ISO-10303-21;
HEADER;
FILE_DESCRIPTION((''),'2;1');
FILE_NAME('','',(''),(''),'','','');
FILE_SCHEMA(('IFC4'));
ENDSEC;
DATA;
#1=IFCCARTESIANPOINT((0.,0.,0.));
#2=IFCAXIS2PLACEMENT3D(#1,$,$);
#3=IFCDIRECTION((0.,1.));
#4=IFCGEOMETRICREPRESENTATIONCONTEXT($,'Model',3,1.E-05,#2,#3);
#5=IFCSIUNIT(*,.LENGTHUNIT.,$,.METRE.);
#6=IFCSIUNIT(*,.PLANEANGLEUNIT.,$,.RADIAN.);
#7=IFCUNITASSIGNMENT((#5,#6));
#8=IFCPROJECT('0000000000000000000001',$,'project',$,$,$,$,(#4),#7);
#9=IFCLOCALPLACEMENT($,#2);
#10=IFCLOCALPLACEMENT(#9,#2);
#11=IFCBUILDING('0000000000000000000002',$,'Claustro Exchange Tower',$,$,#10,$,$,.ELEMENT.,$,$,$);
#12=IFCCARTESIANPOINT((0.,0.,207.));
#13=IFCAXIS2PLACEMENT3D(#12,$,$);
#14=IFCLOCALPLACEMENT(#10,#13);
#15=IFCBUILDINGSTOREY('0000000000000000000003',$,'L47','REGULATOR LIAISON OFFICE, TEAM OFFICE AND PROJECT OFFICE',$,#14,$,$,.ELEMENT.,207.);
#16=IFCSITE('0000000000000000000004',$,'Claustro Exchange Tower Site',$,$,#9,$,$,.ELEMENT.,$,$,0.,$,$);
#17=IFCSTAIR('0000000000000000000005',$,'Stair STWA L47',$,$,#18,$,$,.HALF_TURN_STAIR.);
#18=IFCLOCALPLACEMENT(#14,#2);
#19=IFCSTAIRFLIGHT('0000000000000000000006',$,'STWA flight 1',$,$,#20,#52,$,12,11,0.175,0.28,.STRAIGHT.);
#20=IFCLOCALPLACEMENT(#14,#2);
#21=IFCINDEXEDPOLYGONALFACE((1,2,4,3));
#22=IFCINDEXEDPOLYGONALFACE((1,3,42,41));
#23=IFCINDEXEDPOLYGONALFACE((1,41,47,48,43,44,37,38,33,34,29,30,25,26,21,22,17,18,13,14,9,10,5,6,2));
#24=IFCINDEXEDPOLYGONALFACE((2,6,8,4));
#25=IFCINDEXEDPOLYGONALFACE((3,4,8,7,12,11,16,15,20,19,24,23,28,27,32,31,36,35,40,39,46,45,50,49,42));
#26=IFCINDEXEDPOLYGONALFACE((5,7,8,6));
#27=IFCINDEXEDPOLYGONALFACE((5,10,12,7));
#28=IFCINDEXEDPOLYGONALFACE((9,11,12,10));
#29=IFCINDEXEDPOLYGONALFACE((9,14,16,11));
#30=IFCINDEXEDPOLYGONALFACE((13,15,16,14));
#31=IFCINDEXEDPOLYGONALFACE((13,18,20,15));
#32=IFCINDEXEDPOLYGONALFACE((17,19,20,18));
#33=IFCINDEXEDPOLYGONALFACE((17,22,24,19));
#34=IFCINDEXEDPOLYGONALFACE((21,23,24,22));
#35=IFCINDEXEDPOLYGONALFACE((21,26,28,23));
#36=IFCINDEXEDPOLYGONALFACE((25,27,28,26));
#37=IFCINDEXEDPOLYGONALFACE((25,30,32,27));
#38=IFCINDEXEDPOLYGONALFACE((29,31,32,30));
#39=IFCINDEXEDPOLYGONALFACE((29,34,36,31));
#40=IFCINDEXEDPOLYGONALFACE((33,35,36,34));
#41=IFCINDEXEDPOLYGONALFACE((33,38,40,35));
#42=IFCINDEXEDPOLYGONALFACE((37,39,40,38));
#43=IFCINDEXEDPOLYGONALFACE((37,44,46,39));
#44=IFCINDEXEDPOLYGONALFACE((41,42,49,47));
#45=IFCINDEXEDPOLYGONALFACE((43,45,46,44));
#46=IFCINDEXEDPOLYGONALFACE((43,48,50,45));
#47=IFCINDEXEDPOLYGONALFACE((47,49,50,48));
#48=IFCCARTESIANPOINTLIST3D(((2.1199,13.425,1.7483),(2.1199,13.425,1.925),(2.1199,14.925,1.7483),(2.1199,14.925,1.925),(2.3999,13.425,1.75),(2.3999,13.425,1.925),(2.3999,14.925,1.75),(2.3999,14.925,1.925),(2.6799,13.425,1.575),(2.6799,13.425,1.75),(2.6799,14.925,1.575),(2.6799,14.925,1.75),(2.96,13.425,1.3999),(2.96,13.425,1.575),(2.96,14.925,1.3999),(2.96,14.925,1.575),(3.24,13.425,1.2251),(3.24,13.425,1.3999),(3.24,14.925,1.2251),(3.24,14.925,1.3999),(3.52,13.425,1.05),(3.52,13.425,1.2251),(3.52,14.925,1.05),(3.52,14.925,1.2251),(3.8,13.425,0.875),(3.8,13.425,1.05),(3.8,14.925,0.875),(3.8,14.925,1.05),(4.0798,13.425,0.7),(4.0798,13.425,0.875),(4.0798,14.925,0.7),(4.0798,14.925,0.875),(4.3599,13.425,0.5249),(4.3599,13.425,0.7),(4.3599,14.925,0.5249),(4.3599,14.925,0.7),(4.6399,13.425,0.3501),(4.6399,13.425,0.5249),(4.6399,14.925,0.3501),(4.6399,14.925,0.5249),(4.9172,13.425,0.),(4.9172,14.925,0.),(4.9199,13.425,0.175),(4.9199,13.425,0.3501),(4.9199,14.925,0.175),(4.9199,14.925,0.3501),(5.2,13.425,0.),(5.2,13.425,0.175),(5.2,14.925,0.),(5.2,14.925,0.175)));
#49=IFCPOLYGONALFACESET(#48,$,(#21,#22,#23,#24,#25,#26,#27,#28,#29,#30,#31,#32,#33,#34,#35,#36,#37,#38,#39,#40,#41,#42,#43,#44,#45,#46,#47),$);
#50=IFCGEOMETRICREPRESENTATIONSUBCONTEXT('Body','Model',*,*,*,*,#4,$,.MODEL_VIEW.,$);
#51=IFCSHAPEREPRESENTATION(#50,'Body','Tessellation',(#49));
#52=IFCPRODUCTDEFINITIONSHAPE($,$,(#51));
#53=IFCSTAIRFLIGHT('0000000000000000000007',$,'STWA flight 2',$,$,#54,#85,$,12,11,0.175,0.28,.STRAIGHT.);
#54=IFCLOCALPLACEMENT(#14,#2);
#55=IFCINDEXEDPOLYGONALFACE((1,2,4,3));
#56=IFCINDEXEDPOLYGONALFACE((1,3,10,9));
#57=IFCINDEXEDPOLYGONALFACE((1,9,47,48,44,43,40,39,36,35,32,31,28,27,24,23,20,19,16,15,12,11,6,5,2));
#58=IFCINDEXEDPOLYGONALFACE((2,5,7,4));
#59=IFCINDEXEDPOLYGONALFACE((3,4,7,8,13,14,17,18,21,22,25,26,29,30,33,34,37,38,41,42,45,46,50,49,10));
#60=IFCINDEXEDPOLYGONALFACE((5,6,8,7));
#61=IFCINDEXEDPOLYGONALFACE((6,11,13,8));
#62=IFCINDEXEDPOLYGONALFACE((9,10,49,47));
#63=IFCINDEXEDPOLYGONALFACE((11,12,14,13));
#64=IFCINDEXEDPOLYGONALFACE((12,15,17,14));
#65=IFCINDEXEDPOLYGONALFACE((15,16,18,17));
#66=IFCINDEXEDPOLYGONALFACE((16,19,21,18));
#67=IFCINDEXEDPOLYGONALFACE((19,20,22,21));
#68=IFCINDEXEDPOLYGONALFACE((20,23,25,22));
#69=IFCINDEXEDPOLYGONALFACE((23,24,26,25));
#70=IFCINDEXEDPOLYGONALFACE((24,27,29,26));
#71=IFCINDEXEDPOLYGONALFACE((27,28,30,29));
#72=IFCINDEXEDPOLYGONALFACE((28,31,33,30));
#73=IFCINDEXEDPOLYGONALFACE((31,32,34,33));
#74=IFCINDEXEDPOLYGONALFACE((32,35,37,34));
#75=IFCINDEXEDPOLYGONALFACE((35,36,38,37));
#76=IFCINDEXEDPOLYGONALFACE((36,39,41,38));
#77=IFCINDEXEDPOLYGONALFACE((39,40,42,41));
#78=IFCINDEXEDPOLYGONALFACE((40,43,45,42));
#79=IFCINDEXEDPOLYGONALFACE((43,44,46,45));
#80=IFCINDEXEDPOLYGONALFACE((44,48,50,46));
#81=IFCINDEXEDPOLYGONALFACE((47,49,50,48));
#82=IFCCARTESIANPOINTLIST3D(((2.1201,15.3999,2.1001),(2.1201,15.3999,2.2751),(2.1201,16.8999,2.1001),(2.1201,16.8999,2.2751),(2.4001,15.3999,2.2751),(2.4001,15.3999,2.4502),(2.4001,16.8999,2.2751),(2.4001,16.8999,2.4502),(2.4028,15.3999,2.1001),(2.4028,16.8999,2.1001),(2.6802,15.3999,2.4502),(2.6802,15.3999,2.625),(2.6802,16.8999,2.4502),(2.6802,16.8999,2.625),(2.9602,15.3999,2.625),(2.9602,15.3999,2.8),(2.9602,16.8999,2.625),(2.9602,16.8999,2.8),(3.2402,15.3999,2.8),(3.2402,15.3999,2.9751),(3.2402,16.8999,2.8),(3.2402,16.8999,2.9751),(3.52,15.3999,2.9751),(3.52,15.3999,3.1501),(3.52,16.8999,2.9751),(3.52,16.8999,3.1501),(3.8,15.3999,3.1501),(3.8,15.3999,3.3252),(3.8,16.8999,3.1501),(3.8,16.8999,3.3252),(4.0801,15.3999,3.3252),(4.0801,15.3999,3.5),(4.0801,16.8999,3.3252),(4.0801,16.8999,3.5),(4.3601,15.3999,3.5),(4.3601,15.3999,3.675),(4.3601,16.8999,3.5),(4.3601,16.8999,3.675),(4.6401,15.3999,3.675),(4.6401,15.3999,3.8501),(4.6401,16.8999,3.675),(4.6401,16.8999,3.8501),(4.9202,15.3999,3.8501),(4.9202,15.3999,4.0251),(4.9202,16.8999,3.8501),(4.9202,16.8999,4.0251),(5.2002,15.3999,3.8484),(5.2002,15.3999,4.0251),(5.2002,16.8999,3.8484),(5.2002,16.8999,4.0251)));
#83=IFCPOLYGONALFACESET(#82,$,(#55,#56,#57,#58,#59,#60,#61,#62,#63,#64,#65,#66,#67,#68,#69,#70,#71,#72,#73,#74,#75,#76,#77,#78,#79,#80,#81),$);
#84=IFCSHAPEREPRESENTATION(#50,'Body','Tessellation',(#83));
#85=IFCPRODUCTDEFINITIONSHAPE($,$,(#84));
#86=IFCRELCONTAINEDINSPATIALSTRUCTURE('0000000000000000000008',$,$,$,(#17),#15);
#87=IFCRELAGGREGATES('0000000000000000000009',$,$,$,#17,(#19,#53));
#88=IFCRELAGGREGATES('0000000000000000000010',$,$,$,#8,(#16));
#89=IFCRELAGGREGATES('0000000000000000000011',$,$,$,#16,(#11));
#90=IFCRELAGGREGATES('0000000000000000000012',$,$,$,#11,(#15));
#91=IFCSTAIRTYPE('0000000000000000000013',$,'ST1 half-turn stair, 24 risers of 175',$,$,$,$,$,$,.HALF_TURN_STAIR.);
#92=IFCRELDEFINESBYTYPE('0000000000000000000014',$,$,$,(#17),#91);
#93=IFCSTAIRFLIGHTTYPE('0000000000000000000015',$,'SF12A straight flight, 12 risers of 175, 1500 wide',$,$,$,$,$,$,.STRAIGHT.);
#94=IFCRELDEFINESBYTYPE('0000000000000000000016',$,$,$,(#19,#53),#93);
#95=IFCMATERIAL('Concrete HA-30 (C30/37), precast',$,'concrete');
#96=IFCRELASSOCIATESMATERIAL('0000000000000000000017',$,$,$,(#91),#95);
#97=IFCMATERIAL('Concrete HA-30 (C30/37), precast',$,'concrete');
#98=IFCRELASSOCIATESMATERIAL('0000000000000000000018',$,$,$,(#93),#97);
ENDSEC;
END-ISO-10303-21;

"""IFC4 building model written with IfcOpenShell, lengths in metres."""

from ifc_helpers import new_model, si_unit, direction, frame, origin, place, context, subcontext, project, spatial, polyline, outline, extrude, material, type_object, element, aggregate, save


model = new_model("IFC4")

# Units and contexts
model_context = context("Model", 3, precision=1e-05, world=origin(), true_north=direction((0.0, 1.0)))
body_context = subcontext(model_context, "Body", "Model", "MODEL_VIEW")
ifc_project = project(units=[si_unit("LENGTHUNIT", "METRE"), si_unit("PLANEANGLEUNIT", "RADIAN")], contexts=[model_context])

# Site, building, storey
site_placement = place(None, origin())
site = spatial("IfcSite", under=ifc_project, at=site_placement, Name="Claustro Exchange Tower Site", CompositionType="ELEMENT", RefElevation=0.0)
building_placement = place(site_placement, origin())
building = spatial("IfcBuilding", under=site, at=building_placement, Name="Claustro Exchange Tower", CompositionType="ELEMENT")
storey_placement = place(building_placement, frame((0.0, 0.0, 207.0)))
storey = spatial("IfcBuildingStorey", under=building, at=storey_placement, Name="L47", Description="REGULATOR LIAISON OFFICE, TEAM OFFICE AND PROJECT OFFICE", CompositionType="ELEMENT", Elevation=207.0)

# Stair, stair flights
ifc_material_1 = material(Name="Concrete HA-30 (C30/37), precast", Category="concrete")
stair_type = type_object("IfcStairType", Name="ST1 half-turn stair, 24 risers of 175", PredefinedType="HALF_TURN_STAIR", material=ifc_material_1)
stair_placement = place(storey_placement, origin())
stair = element("IfcStair", 1, at=stair_placement, inside=storey, type_object=stair_type, Name="Stair STWA L47", PredefinedType="HALF_TURN_STAIR")
ifc_material_2 = material(Name="Concrete HA-30 (C30/37), precast", Category="concrete")
stair_flight_type = type_object("IfcStairFlightType", Name="SF12A straight flight, 12 risers of 175, 1500 wide", PredefinedType="STRAIGHT", material=ifc_material_2)
stair_flight_1_placement = place(storey_placement, frame((5.2, 14.175, 0.0), z_axis=(0.0, 0.0, 1.0), x_axis=(-1.0, 0.0, 0.0)))
stair_flight_1 = element("IfcStairFlight", 2, at=stair_flight_1_placement, type_object=stair_flight_type, Name="STWA flight 1", NumberOfRisers=12, NumberOfTreads=11, PredefinedType="STRAIGHT", RiserHeight=0.175, TreadLength=0.28, context=body_context, shape_type="SweptSolid", body=[
    extrude(outline(polyline([(0.0, 0.0), (0.0, 0.175), (0.28, 0.175), (0.28, 0.3501), (0.5601, 0.3501), (0.5601, 0.5249), (0.8401, 0.5249), (0.8401, 0.7), (1.1201, 0.7), (1.1201, 0.875), (1.3999, 0.875), (1.3999, 1.05), (1.6799, 1.05), (1.6799, 1.2251), (1.96, 1.2251), (1.96, 1.3999), (2.24, 1.3999), (2.24, 1.575), (2.52, 1.575), (2.52, 1.75), (2.8, 1.75), (2.8, 1.925), (3.0801, 1.925), (3.0801, 2.1001), (3.0801, 1.7483), (0.2827, 0.0), (0.0, 0.0)])), frame((0.0, 0.75, 0.0), z_axis=(0.0, -1.0, 0.0), x_axis=(1.0, 0.0, 0.0)), (0.0, 0.0, 1.0), 1.5),
])
stair_flight_2_placement = place(storey_placement, frame((2.1201, 16.1499, 2.1001), z_axis=(0.0, 0.0, 1.0), x_axis=(1.0, 0.0, 0.0)))
stair_flight_2 = element("IfcStairFlight", 3, at=stair_flight_2_placement, type_object=stair_flight_type, Name="STWA flight 2", NumberOfRisers=12, NumberOfTreads=11, PredefinedType="STRAIGHT", RiserHeight=0.175, TreadLength=0.28, context=body_context, shape_type="SweptSolid", body=[
    extrude(outline(polyline([(0.0, 0.0), (0.0, 0.175), (0.28, 0.175), (0.28, 0.3501), (0.5601, 0.3501), (0.5601, 0.5249), (0.8401, 0.5249), (0.8401, 0.7), (1.1201, 0.7), (1.1201, 0.875), (1.3999, 0.875), (1.3999, 1.05), (1.6799, 1.05), (1.6799, 1.2251), (1.96, 1.2251), (1.96, 1.3999), (2.24, 1.3999), (2.24, 1.575), (2.52, 1.575), (2.52, 1.75), (2.8, 1.75), (2.8, 1.925), (3.0801, 1.925), (3.0801, 2.1001), (3.0801, 1.7483), (0.2827, 0.0), (0.0, 0.0)])), frame((0.0, 0.75, 0.0), z_axis=(0.0, -1.0, 0.0), x_axis=(1.0, 0.0, 0.0)), (0.0, 0.0, 1.0), 1.5),
])
aggregate(stair, [stair_flight_1, stair_flight_2])

save(model, "model.ifc")
